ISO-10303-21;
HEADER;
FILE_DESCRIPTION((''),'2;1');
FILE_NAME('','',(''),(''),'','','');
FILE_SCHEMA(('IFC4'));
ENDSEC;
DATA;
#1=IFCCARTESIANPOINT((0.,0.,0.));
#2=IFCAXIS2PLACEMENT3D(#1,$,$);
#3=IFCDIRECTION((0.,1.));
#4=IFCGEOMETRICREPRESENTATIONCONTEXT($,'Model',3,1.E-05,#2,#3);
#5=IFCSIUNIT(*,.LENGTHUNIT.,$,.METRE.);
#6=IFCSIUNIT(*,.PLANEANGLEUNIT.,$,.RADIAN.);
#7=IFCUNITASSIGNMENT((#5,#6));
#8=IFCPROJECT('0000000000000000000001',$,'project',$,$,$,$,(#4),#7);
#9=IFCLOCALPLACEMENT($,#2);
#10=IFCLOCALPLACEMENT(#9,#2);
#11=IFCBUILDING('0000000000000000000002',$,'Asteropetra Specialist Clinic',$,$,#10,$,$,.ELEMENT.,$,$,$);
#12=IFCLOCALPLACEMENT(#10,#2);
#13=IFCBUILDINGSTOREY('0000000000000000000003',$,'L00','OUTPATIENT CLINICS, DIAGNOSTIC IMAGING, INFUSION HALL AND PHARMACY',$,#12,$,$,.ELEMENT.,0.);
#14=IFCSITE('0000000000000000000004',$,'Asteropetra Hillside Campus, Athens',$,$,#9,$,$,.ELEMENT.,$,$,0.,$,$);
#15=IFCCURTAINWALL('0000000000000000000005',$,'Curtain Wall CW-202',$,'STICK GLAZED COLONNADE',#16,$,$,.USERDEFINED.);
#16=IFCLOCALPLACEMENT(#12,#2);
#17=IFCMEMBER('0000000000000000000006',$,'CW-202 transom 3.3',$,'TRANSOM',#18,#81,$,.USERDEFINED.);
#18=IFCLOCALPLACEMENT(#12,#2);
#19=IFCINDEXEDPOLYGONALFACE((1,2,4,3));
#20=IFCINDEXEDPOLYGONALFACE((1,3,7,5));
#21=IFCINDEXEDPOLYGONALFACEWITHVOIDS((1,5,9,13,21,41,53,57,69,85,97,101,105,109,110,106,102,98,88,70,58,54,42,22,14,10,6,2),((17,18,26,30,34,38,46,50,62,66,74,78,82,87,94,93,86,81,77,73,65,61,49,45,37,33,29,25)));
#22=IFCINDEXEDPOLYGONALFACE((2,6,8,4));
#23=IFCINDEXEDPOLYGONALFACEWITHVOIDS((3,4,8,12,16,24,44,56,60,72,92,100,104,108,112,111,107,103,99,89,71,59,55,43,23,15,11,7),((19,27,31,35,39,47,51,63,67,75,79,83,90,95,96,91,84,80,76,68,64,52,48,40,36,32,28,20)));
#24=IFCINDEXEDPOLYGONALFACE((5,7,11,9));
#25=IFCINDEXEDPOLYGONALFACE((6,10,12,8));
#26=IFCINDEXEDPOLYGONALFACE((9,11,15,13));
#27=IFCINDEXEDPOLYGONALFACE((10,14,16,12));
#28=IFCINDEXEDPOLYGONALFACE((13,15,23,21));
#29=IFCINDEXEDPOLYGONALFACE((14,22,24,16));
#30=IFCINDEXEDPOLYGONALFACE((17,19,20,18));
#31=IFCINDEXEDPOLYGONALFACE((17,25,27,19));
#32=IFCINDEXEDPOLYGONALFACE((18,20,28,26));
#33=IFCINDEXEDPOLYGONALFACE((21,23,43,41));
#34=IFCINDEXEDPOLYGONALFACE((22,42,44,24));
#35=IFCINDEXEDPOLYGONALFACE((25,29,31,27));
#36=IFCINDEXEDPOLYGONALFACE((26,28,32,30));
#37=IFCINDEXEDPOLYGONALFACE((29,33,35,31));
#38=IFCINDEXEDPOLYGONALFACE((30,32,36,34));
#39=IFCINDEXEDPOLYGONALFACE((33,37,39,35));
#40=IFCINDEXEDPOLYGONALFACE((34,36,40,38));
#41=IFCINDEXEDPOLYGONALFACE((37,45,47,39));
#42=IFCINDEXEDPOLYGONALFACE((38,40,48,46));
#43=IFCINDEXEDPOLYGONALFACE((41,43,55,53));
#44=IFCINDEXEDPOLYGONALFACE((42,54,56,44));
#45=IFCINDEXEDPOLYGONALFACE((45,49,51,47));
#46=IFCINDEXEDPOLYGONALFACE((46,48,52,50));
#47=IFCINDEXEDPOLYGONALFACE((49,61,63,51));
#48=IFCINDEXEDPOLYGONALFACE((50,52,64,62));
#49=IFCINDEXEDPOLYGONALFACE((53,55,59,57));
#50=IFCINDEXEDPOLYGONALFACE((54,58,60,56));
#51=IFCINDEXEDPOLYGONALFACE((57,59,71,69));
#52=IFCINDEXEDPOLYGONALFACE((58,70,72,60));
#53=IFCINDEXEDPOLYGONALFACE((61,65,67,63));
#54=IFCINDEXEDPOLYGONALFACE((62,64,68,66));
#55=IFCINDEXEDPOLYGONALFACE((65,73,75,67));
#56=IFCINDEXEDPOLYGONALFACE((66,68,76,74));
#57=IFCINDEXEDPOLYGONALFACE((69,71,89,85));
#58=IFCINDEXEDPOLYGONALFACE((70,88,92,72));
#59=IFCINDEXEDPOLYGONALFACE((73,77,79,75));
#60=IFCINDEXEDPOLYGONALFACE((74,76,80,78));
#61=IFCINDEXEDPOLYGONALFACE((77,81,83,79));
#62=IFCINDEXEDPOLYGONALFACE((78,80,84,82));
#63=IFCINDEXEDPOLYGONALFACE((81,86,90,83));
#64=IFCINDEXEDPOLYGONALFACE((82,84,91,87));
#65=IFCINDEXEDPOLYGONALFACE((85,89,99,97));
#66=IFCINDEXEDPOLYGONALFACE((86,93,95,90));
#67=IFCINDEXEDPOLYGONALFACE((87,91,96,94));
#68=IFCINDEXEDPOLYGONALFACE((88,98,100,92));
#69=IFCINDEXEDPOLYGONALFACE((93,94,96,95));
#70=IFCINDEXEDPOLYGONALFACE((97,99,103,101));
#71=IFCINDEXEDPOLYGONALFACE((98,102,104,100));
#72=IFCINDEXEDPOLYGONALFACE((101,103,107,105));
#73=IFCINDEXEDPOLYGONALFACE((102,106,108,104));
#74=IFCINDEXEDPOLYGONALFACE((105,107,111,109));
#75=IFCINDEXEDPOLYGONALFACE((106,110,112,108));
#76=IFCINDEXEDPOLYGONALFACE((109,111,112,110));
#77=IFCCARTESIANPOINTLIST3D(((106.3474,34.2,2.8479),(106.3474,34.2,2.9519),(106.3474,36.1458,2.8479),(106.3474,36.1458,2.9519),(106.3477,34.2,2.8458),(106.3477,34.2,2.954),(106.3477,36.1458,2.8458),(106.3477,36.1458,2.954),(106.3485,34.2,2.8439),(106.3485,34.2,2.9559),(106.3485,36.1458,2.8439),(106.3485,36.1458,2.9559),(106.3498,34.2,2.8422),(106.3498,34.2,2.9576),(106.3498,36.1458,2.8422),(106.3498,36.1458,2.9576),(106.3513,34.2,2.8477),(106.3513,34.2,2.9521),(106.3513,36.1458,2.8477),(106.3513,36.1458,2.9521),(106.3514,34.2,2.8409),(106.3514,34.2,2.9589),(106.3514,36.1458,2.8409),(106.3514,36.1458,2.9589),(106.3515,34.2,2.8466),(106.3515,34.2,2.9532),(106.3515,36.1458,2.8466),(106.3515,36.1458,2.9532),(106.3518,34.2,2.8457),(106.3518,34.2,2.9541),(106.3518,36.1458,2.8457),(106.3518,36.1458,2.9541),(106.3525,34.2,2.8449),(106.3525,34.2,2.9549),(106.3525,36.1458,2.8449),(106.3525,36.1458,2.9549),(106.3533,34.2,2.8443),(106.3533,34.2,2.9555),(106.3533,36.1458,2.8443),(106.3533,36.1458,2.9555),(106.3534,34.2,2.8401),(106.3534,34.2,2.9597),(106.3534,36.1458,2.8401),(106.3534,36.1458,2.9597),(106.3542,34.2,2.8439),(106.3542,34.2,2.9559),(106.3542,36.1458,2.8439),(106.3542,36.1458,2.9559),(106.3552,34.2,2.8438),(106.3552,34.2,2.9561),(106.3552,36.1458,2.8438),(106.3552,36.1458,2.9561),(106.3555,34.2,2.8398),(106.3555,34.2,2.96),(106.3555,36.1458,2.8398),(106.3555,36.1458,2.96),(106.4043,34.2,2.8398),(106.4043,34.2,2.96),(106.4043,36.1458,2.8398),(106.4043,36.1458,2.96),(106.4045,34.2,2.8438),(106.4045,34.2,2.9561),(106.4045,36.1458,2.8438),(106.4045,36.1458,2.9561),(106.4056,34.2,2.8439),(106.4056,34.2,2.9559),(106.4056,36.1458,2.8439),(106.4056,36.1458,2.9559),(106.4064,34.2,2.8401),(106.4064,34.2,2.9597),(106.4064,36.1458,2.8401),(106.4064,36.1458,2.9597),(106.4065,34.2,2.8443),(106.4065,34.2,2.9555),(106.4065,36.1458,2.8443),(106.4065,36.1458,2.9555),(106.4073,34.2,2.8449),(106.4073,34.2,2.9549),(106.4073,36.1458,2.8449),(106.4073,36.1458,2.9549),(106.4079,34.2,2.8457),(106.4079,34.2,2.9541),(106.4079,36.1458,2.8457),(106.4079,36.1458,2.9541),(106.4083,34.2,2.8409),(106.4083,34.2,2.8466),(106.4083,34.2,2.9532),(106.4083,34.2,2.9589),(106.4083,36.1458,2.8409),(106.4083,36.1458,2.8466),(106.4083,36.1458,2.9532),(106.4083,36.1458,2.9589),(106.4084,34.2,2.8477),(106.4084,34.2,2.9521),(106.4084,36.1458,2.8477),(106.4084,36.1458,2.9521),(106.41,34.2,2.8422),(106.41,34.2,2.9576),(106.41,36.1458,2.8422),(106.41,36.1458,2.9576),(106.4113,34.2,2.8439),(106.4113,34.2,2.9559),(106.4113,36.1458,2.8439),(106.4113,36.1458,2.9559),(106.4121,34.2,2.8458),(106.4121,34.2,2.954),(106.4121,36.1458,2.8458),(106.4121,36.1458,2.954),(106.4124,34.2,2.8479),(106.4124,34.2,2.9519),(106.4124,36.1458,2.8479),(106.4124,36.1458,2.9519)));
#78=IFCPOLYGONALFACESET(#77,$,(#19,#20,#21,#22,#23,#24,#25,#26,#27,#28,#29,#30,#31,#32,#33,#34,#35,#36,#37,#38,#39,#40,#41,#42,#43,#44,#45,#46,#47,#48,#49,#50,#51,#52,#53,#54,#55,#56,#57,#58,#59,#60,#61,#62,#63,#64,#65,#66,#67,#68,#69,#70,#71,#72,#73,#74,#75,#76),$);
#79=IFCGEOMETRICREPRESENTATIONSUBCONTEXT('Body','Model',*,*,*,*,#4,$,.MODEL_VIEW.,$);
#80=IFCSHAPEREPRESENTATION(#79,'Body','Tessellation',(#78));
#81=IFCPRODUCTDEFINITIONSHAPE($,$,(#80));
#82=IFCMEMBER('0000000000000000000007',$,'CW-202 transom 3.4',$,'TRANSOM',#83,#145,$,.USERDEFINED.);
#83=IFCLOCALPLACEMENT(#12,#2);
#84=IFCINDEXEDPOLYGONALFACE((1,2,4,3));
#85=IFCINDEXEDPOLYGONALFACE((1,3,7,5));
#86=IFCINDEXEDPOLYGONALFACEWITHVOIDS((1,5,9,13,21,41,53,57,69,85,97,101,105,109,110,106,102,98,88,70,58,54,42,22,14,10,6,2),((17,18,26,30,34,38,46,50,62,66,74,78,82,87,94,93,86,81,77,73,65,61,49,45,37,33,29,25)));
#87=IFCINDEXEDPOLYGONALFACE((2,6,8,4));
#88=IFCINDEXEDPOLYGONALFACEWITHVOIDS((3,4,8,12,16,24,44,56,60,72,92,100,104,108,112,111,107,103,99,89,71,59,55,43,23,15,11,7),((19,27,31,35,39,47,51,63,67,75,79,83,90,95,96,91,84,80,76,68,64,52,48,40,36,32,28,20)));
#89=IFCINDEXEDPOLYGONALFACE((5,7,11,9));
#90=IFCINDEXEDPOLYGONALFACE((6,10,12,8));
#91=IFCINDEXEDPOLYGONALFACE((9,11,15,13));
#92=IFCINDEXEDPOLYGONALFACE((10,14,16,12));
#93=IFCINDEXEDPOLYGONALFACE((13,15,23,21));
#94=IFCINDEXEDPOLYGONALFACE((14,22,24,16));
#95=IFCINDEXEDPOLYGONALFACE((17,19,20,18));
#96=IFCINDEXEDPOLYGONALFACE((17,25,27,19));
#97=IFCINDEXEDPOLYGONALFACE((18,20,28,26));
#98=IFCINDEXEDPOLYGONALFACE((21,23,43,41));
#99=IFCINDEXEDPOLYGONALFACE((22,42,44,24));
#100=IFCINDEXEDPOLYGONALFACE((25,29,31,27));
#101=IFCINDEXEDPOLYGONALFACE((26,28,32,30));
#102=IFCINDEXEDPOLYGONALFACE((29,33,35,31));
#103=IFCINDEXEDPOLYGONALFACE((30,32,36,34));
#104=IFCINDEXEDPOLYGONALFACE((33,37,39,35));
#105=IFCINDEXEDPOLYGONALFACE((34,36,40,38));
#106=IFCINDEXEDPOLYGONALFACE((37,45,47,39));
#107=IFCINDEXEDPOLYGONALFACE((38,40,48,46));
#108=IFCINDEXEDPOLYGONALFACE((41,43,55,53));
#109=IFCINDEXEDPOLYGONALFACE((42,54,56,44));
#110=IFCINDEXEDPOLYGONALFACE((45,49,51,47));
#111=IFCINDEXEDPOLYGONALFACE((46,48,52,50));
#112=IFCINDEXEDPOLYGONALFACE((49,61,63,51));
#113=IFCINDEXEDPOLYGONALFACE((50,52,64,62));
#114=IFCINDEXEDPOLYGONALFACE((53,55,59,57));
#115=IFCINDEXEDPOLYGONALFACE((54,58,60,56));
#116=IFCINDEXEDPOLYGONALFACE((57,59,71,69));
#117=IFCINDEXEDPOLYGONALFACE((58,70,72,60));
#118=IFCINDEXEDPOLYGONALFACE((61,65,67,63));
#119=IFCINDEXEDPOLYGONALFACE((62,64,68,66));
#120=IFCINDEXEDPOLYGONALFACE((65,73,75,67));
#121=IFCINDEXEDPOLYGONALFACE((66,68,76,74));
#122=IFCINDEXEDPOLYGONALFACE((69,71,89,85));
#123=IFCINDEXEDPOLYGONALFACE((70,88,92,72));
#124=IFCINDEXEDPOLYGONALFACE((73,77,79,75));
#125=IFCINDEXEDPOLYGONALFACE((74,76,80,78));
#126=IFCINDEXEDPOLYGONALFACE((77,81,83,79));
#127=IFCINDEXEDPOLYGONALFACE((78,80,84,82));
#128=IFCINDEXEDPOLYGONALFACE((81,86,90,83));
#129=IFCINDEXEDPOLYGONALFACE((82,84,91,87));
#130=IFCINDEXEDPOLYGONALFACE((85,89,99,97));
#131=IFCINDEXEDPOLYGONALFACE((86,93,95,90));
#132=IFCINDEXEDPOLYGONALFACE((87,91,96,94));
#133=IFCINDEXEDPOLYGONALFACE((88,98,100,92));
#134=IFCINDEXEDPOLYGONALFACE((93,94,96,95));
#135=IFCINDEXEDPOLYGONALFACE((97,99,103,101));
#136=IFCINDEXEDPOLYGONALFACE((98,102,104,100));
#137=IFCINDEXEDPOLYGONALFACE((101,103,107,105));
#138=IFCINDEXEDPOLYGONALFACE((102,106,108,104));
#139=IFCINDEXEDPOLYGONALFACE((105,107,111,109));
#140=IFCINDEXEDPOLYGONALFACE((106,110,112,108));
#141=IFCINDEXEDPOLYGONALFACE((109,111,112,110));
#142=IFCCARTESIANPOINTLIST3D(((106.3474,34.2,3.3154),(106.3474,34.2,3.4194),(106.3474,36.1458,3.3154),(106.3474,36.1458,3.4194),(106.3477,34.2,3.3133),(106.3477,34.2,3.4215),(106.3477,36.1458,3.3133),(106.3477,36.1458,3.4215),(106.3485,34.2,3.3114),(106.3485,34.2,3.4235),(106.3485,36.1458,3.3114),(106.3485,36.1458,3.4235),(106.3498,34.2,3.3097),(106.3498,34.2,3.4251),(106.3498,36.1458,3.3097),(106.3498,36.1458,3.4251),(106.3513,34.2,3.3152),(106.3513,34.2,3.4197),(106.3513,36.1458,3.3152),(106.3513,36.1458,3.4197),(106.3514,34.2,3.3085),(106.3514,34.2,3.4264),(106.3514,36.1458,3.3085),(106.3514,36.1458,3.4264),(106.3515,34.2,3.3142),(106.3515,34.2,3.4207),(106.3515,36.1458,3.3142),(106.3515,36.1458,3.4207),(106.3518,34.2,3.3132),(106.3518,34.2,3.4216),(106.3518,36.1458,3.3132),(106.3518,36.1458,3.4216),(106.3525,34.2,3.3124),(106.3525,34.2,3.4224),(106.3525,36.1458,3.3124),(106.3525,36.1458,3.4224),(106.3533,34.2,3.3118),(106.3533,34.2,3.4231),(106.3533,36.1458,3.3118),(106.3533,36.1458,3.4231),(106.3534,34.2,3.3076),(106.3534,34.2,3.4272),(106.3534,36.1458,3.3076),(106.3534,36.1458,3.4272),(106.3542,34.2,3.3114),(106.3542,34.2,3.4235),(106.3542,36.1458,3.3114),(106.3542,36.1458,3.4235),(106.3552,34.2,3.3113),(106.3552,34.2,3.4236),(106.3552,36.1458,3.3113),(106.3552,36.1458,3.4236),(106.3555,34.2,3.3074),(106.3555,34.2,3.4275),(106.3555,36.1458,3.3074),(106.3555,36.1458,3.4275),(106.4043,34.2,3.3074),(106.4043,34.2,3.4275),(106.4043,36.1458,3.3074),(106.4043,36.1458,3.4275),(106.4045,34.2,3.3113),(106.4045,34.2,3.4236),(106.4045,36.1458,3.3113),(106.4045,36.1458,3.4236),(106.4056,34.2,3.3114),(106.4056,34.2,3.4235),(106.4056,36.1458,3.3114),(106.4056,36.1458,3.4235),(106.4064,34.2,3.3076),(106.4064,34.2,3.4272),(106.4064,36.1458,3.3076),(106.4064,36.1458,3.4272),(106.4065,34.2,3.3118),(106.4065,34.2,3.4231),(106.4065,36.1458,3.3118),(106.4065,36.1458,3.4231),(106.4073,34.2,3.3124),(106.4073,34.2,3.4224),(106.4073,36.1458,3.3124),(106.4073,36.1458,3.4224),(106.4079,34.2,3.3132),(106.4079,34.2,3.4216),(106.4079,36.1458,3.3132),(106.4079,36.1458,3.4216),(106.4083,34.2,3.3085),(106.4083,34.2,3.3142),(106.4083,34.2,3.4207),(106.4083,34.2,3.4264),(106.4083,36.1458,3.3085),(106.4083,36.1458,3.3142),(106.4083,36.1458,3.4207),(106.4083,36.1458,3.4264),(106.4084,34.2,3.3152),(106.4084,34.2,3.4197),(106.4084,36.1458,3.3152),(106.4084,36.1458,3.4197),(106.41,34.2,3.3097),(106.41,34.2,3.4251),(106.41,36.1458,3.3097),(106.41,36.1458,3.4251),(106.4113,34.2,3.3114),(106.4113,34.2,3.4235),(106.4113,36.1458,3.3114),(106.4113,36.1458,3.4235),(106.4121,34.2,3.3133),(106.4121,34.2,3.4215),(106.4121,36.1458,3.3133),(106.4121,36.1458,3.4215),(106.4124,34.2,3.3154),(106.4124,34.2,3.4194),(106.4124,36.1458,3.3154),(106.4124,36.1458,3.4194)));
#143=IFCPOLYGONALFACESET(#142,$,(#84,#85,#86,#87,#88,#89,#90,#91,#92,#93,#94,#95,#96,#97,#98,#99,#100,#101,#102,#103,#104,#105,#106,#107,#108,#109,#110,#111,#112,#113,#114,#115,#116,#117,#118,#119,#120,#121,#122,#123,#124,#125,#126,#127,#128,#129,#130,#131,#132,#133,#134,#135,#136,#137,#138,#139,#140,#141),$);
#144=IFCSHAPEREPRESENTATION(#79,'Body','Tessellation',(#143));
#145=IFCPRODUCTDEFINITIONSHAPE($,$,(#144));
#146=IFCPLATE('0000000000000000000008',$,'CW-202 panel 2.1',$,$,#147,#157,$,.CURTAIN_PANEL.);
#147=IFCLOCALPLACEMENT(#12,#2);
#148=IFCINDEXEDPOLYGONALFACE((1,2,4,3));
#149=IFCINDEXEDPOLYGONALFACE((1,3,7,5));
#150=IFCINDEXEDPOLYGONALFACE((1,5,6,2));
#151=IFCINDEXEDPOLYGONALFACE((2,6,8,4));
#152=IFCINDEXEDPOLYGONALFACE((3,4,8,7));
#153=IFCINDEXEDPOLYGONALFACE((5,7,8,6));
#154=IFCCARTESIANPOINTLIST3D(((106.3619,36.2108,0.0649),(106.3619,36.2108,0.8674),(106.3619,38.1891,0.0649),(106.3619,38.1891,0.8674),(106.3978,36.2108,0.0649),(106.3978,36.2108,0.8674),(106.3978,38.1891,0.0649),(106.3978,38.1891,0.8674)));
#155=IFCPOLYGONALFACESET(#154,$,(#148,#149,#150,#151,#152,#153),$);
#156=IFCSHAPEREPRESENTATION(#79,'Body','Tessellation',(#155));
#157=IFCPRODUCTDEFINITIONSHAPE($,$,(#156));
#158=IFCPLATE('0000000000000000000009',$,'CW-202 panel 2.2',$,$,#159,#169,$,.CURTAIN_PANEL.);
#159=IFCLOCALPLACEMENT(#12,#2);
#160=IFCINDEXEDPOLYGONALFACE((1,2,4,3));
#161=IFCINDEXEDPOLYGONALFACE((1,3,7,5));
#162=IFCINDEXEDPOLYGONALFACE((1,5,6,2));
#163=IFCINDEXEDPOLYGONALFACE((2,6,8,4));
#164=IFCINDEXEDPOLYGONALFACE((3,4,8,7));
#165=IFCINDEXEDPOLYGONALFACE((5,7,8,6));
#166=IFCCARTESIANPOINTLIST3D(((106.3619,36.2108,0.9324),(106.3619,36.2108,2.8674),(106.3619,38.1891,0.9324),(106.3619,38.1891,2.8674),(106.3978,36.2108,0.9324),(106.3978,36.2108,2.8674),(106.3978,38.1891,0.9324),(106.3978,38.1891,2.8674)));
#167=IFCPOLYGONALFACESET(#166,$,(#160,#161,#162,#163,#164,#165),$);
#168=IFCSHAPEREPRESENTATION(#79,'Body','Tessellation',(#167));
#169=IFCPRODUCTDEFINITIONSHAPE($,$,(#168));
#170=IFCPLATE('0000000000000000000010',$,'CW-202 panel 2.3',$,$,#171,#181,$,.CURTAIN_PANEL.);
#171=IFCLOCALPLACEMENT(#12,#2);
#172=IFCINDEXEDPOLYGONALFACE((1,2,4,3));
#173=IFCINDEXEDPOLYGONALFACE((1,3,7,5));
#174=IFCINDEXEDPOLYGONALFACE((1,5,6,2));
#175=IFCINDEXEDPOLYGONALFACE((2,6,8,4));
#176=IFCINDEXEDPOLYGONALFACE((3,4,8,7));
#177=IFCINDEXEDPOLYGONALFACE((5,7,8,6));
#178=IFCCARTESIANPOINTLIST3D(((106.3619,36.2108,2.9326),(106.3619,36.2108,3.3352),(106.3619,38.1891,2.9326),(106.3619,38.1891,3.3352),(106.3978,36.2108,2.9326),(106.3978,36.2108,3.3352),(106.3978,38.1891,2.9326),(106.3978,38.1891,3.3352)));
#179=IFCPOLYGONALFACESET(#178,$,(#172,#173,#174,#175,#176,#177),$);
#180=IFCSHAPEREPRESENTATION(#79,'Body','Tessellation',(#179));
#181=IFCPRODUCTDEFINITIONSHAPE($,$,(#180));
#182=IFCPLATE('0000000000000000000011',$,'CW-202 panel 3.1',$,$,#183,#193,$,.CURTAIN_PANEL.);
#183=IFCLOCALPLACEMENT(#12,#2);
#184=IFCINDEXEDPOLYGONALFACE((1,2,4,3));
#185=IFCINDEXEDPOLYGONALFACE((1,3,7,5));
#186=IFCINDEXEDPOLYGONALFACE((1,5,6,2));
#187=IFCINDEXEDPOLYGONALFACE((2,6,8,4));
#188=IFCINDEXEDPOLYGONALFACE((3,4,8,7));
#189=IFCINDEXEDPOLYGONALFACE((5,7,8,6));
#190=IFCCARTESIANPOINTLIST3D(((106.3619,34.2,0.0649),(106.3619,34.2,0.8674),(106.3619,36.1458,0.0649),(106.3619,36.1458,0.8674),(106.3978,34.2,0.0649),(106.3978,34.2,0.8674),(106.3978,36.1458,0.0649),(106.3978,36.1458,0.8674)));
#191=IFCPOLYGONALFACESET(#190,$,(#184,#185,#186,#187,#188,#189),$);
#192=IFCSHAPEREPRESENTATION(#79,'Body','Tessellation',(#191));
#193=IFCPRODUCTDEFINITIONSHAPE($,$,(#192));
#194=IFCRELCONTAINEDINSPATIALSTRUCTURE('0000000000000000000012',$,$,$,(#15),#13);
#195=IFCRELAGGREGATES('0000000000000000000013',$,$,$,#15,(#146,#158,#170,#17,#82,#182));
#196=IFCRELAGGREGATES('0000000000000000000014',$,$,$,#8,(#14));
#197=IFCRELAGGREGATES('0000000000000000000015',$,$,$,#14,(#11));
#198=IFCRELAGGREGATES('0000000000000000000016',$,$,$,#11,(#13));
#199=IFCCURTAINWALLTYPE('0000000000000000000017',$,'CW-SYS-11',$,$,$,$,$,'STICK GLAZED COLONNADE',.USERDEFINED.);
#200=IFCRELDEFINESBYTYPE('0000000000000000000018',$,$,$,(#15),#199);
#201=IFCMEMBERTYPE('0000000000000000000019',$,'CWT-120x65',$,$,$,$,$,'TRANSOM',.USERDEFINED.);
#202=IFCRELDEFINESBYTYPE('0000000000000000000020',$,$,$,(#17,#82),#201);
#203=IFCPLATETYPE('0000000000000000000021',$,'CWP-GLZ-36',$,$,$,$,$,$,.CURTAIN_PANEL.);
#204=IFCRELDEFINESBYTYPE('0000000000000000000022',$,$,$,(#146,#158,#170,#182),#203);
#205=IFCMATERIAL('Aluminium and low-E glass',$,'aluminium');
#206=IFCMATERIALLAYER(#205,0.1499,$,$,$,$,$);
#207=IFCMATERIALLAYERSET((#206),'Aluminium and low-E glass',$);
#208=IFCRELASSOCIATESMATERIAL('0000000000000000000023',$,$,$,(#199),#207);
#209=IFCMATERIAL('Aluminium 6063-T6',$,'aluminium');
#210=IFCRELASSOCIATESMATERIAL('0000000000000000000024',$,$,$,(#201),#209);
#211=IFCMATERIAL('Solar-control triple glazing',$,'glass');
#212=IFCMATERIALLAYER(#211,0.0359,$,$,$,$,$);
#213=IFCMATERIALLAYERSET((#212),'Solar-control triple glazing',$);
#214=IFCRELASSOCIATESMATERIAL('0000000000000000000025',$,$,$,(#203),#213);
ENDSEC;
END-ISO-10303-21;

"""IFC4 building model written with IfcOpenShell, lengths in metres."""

from ifc_helpers import new_model, si_unit, direction, frame, origin, origin_2d, place, context, subcontext, project, spatial, rectangle, hollow_rectangle, extrude, material, layer, layer_set, material_profile, profile_set, type_object, element, aggregate, save


model = new_model("IFC4")

# Units and contexts
model_context = context("Model", 3, precision=1e-05, world=origin(), true_north=direction((0.0, 1.0)))
body_context = subcontext(model_context, "Body", "Model", "MODEL_VIEW")
ifc_project = project(units=[si_unit("LENGTHUNIT", "METRE"), si_unit("PLANEANGLEUNIT", "RADIAN")], contexts=[model_context])

# Site, building, storey
site_placement = place(None, origin())
site = spatial("IfcSite", under=ifc_project, at=site_placement, Name="Asteropetra Hillside Campus, Athens", CompositionType="ELEMENT", RefElevation=0.0)
building_placement = place(site_placement, origin())
building = spatial("IfcBuilding", under=site, at=building_placement, Name="Asteropetra Specialist Clinic", CompositionType="ELEMENT")
storey_placement = place(building_placement, origin())
storey = spatial("IfcBuildingStorey", under=building, at=storey_placement, Name="L00", Description="OUTPATIENT CLINICS, DIAGNOSTIC IMAGING, INFUSION HALL AND PHARMACY", CompositionType="ELEMENT", Elevation=0.0)

# Curtain wall
ifc_material_1 = material(Name="Aluminium and low-E glass", Category="aluminium")
ifc_layer_1 = layer(ifc_material_1, 0.1499)
ifc_layer_set_1 = layer_set([ifc_layer_1], Name="Aluminium and low-E glass")
curtain_wall_type_1 = type_object("IfcCurtainWallType", Name="CW-SYS-11", ElementType="STICK GLAZED COLONNADE", PredefinedType="USERDEFINED", material=ifc_layer_set_1)
curtain_wall_1_placement = place(storey_placement, origin())
curtain_wall_1 = element("IfcCurtainWall", 1, at=curtain_wall_1_placement, inside=storey, type_object=curtain_wall_type_1, Name="Curtain Wall CW-202", ObjectType="STICK GLAZED COLONNADE", PredefinedType="USERDEFINED")

# Members
ifc_material_2 = material(Name="Aluminium 6063-T6", Category="aluminium")
ifc_material_profile_1 = material_profile(ifc_material_2, hollow_rectangle(XDim=0.0649, YDim=0.1201, WallThickness=0.0039, InnerFilletRadius=0.0039, OuterFilletRadius=0.0081, at=origin_2d()), Name="TRN 120x65x4.0")
ifc_profile_set_1 = profile_set([ifc_material_profile_1], Name="Aluminium 6063-T6")
member_type_1 = type_object("IfcMemberType", Name="CWT-120x65", ElementType="TRANSOM", PredefinedType="USERDEFINED", material=ifc_profile_set_1)
member_1_placement = place(storey_placement, frame((106.3799, 36.1458, 2.8999), z_axis=(0.0, -1.0, 0.0), x_axis=(1.0, 0.0, 0.0)))
member_1 = element("IfcMember", 2, at=member_1_placement, type_object=member_type_1, Name="CW-202 transom 3.3", ObjectType="TRANSOM", PredefinedType="USERDEFINED", context=body_context, shape_type="SweptSolid", body=[
    extrude(hollow_rectangle(XDim=0.0649, YDim=0.1201, WallThickness=0.0039, InnerFilletRadius=0.0039, OuterFilletRadius=0.0081, at=origin_2d()), origin(), (0.0, 0.0, 1.0), 1.9458),
])
member_2_placement = place(storey_placement, frame((106.3799, 36.1458, 3.3674), z_axis=(0.0, -1.0, 0.0), x_axis=(1.0, 0.0, 0.0)))
member_2 = element("IfcMember", 3, at=member_2_placement, type_object=member_type_1, Name="CW-202 transom 3.4", ObjectType="TRANSOM", PredefinedType="USERDEFINED", context=body_context, shape_type="SweptSolid", body=[
    extrude(hollow_rectangle(XDim=0.0649, YDim=0.1201, WallThickness=0.0039, InnerFilletRadius=0.0039, OuterFilletRadius=0.0081, at=origin_2d()), origin(), (0.0, 0.0, 1.0), 1.9458),
])

# Plates
ifc_material_3 = material(Name="Solar-control triple glazing", Category="glass")
ifc_layer_2 = layer(ifc_material_3, 0.0359)
ifc_layer_set_2 = layer_set([ifc_layer_2], Name="Solar-control triple glazing")
plate_type_1 = type_object("IfcPlateType", Name="CWP-GLZ-36", PredefinedType="CURTAIN_PANEL", material=ifc_layer_set_2)
plate_1_placement = place(storey_placement, frame((106.3799, 37.2, 0.0649), z_axis=(0.0, 0.0, 1.0), x_axis=(0.0, -1.0, 0.0)))
plate_1 = element("IfcPlate", 4, at=plate_1_placement, type_object=plate_type_1, Name="CW-202 panel 2.1", PredefinedType="CURTAIN_PANEL", context=body_context, shape_type="SweptSolid", body=[
    extrude(rectangle(XDim=1.9783, YDim=0.0359, at=origin_2d()), origin(), (0.0, 0.0, 1.0), 0.8025),
])
plate_2_placement = place(storey_placement, frame((106.3799, 37.2, 0.9324), z_axis=(0.0, 0.0, 1.0), x_axis=(0.0, -1.0, 0.0)))
plate_2 = element("IfcPlate", 5, at=plate_2_placement, type_object=plate_type_1, Name="CW-202 panel 2.2", PredefinedType="CURTAIN_PANEL", context=body_context, shape_type="SweptSolid", body=[
    extrude(rectangle(XDim=1.9783, YDim=0.0359, at=origin_2d()), origin(), (0.0, 0.0, 1.0), 1.9351),
])
plate_3_placement = place(storey_placement, frame((106.3799, 37.2, 2.9326), z_axis=(0.0, 0.0, 1.0), x_axis=(0.0, -1.0, 0.0)))
plate_3 = element("IfcPlate", 6, at=plate_3_placement, type_object=plate_type_1, Name="CW-202 panel 2.3", PredefinedType="CURTAIN_PANEL", context=body_context, shape_type="SweptSolid", body=[
    extrude(rectangle(XDim=1.9783, YDim=0.0359, at=origin_2d()), origin(), (0.0, 0.0, 1.0), 0.4026),
])
plate_4_placement = place(storey_placement, frame((106.3799, 35.1729, 0.0649), z_axis=(0.0, 0.0, 1.0), x_axis=(0.0, -1.0, 0.0)))
plate_4 = element("IfcPlate", 7, at=plate_4_placement, type_object=plate_type_1, Name="CW-202 panel 3.1", PredefinedType="CURTAIN_PANEL", context=body_context, shape_type="SweptSolid", body=[
    extrude(rectangle(XDim=1.9458, YDim=0.0359, at=origin_2d()), origin(), (0.0, 0.0, 1.0), 0.8025),
])
aggregate(curtain_wall_1, [plate_1, plate_2, plate_3, member_1, member_2, plate_4])

save(model, "model.ifc")
